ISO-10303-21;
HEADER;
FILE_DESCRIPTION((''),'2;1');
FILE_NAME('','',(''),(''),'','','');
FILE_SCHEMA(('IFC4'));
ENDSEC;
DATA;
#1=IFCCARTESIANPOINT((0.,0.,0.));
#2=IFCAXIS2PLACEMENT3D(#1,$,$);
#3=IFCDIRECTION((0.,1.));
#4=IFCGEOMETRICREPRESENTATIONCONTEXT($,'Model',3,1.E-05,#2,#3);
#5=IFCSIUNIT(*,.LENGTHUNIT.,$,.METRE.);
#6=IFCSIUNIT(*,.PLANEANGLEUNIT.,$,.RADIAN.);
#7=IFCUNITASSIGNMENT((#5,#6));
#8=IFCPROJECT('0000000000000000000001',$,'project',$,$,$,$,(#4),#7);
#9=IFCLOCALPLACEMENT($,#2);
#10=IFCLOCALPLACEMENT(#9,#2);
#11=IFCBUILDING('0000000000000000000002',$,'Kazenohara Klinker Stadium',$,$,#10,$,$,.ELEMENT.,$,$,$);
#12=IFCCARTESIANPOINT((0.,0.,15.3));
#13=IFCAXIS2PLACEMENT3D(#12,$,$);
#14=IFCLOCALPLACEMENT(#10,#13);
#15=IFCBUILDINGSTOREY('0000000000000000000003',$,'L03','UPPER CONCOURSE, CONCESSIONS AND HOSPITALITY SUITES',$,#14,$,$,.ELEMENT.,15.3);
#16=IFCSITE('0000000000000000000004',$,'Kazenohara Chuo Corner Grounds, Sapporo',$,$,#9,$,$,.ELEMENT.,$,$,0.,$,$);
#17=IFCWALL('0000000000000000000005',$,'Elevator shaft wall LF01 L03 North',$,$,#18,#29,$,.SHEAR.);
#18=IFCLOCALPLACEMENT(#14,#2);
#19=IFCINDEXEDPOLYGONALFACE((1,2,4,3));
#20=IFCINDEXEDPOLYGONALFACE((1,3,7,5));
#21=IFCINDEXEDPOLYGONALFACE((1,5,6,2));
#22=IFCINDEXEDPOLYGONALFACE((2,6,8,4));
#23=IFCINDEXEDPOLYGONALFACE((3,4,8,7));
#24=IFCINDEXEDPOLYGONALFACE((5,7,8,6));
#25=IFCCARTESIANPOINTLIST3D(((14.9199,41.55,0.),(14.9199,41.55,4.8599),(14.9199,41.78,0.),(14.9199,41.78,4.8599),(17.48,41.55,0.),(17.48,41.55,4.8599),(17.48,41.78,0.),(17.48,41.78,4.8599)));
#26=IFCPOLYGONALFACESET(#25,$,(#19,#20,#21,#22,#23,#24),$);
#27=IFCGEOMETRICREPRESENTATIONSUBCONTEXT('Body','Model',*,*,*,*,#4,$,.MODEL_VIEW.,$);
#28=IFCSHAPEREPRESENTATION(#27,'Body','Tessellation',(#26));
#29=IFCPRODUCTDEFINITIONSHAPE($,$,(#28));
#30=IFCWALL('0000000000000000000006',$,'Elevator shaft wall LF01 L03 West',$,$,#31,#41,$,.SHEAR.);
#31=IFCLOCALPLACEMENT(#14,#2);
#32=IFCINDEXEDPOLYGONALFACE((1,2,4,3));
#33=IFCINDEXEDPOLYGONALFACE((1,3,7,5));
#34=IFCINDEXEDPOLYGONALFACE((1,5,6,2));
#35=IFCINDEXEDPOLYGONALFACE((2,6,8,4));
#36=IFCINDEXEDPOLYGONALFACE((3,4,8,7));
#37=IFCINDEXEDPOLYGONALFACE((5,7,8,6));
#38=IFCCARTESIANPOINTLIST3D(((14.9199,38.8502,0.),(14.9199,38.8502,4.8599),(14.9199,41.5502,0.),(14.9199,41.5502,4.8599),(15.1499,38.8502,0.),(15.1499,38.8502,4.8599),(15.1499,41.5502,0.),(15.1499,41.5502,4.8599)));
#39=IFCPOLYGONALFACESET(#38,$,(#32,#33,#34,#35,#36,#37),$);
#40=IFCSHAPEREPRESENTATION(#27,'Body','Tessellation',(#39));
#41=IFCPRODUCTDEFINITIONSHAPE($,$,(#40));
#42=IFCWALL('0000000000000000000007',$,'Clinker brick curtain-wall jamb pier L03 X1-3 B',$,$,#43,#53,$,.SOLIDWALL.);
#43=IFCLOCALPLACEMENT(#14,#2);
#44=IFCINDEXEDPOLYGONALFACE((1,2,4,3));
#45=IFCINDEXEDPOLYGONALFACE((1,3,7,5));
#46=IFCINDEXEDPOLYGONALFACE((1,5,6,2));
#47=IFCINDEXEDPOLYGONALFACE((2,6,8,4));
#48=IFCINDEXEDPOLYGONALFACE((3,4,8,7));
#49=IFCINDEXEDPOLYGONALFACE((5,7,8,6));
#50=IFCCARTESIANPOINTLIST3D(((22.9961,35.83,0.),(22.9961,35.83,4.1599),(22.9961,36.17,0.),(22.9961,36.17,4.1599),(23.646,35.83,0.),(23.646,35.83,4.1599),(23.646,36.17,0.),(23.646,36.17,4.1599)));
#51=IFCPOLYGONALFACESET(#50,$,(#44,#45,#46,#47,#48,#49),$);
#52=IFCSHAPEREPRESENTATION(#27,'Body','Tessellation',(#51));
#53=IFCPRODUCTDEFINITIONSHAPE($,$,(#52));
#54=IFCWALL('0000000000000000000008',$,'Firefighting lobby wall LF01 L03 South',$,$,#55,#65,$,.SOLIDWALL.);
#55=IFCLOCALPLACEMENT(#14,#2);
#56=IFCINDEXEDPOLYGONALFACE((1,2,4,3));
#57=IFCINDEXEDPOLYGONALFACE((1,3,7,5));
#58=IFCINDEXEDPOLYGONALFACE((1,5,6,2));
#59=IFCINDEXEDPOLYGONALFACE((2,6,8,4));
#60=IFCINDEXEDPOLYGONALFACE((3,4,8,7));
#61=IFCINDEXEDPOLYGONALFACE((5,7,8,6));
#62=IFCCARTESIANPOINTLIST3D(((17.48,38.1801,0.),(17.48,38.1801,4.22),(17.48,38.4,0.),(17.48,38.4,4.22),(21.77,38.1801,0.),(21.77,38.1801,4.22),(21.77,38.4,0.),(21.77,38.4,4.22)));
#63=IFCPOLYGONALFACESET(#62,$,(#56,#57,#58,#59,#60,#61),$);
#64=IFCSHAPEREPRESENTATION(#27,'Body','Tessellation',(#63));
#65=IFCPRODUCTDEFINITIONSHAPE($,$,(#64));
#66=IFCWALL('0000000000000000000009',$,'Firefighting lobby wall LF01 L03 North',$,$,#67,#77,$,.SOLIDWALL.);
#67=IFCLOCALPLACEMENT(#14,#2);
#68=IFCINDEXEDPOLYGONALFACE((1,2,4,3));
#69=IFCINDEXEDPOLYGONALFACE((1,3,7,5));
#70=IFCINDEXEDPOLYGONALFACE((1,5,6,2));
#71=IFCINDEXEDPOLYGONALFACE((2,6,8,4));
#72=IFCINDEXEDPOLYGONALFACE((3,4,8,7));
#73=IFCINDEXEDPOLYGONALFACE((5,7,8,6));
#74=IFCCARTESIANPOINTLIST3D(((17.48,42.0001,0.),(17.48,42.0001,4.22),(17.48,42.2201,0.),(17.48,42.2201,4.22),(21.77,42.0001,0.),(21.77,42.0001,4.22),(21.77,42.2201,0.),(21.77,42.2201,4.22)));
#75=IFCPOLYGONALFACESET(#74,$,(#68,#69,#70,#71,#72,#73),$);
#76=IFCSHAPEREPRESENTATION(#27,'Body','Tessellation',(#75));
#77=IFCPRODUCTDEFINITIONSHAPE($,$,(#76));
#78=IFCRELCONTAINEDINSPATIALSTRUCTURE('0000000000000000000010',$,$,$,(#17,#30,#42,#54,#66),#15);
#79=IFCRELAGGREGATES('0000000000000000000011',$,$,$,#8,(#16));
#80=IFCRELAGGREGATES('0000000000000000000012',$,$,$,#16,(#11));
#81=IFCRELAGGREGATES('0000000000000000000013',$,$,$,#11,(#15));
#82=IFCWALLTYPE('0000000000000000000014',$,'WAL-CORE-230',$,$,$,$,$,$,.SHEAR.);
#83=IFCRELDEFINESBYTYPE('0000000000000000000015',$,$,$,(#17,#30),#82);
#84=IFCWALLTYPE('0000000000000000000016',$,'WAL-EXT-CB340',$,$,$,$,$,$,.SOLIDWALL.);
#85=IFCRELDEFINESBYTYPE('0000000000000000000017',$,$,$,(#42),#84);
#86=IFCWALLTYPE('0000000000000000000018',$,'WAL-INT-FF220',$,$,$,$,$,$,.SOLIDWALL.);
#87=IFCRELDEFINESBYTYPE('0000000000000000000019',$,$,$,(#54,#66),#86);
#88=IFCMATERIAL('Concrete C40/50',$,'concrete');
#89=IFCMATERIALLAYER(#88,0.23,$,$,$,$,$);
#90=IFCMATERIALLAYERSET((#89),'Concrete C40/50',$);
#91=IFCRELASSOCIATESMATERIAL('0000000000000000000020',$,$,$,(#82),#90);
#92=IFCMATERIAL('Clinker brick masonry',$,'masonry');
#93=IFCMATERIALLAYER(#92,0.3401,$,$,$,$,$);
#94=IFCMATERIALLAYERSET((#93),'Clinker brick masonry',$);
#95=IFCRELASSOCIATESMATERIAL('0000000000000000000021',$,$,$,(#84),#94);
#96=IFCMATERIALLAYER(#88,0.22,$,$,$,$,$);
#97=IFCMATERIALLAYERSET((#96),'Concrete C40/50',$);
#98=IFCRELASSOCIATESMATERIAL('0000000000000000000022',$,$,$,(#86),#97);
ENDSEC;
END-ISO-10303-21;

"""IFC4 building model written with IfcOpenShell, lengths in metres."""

from ifc_helpers import new_model, si_unit, direction, frame, frame_2d, origin, place, context, subcontext, project, spatial, rectangle, extrude, material, layer, layer_set, type_object, element, save


model = new_model("IFC4")

# Units and contexts
model_context = context("Model", 3, precision=1e-05, world=origin(), true_north=direction((0.0, 1.0)))
body_context = subcontext(model_context, "Body", "Model", "MODEL_VIEW")
ifc_project = project(units=[si_unit("LENGTHUNIT", "METRE"), si_unit("PLANEANGLEUNIT", "RADIAN")], contexts=[model_context])

# Site, building, storey
site_placement = place(None, origin())
site = spatial("IfcSite", under=ifc_project, at=site_placement, Name="Kazenohara Chuo Corner Grounds, Sapporo", CompositionType="ELEMENT", RefElevation=0.0)
building_placement = place(site_placement, origin())
building = spatial("IfcBuilding", under=site, at=building_placement, Name="Kazenohara Klinker Stadium", CompositionType="ELEMENT")
storey_placement = place(building_placement, frame((0.0, 0.0, 15.3)))
storey = spatial("IfcBuildingStorey", under=building, at=storey_placement, Name="L03", Description="UPPER CONCOURSE, CONCESSIONS AND HOSPITALITY SUITES", CompositionType="ELEMENT", Elevation=15.3)

# Shared definitions
ifc_material_1 = material(Name="Concrete C40/50", Category="concrete")

# Walls
ifc_layer_1 = layer(ifc_material_1, 0.23)
ifc_layer_set_1 = layer_set([ifc_layer_1], Name="Concrete C40/50")
wall_type_1 = type_object("IfcWallType", Name="WAL-CORE-230", PredefinedType="SHEAR", material=ifc_layer_set_1)
for number, where, z_axis, x_axis, name in (
    (1, (14.9199, 41.665, 0.0), (0.0, 0.0, 1.0), (1.0, 0.0, 0.0), "Elevator shaft wall LF01 L03 North"),
):
    element("IfcWall", number, at=place(storey_placement, frame(where, z_axis=z_axis, x_axis=x_axis)), inside=storey, type_object=wall_type_1, Name=name, PredefinedType="SHEAR", context=body_context, shape_type="SweptSolid", body=[
        extrude(rectangle(XDim=2.5601, YDim=0.23, at=frame_2d((1.28, 0.0))), origin(), (0.0, 0.0, 1.0), 4.8599),
    ])
wall_1_placement = place(storey_placement, frame((15.0349, 38.8501, 0.0), z_axis=(0.0, 0.0, 1.0), x_axis=(0.0, 1.0, 0.0)))
element("IfcWall", 2, at=wall_1_placement, inside=storey, type_object=wall_type_1, Name="Elevator shaft wall LF01 L03 West", PredefinedType="SHEAR", context=body_context, shape_type="SweptSolid", body=[
    extrude(rectangle(XDim=2.7, YDim=0.23, at=frame_2d((1.3501, 0.0))), origin(), (0.0, 0.0, 1.0), 4.8599),
])

# Walls
ifc_material_2 = material(Name="Clinker brick masonry", Category="masonry")
ifc_layer_2 = layer(ifc_material_2, 0.3401)
ifc_layer_set_2 = layer_set([ifc_layer_2], Name="Clinker brick masonry")
wall_type_2 = type_object("IfcWallType", Name="WAL-EXT-CB340", PredefinedType="SOLIDWALL", material=ifc_layer_set_2)
wall_2_placement = place(storey_placement, frame((22.9961, 36.0, 0.0), z_axis=(0.0, 0.0, 1.0), x_axis=(1.0, 0.0, 0.0)))
element("IfcWall", 3, at=wall_2_placement, inside=storey, type_object=wall_type_2, Name="Clinker brick curtain-wall jamb pier L03 X1-3 B", PredefinedType="SOLIDWALL", context=body_context, shape_type="SweptSolid", body=[
    extrude(rectangle(XDim=0.6499, YDim=0.3401, at=frame_2d((0.325, 0.0))), origin(), (0.0, 0.0, 1.0), 4.1599),
])
ifc_layer_3 = layer(ifc_material_1, 0.22)
ifc_layer_set_3 = layer_set([ifc_layer_3], Name="Concrete C40/50")
wall_type_3 = type_object("IfcWallType", Name="WAL-INT-FF220", PredefinedType="SOLIDWALL", material=ifc_layer_set_3)
for number, where, z_axis, x_axis, name in (
    (4, (17.48, 38.29, 0.0), (0.0, 0.0, 1.0), (1.0, 0.0, 0.0), "Firefighting lobby wall LF01 L03 South"),
    (5, (17.48, 42.1101, 0.0), (0.0, 0.0, 1.0), (1.0, 0.0, 0.0), "Firefighting lobby wall LF01 L03 North"),
):
    element("IfcWall", number, at=place(storey_placement, frame(where, z_axis=z_axis, x_axis=x_axis)), inside=storey, type_object=wall_type_3, Name=name, PredefinedType="SOLIDWALL", context=body_context, shape_type="SweptSolid", body=[
        extrude(rectangle(XDim=4.29, YDim=0.22, at=frame_2d((2.145, 0.0))), origin(), (0.0, 0.0, 1.0), 4.22),
    ])

save(model, "model.ifc")
